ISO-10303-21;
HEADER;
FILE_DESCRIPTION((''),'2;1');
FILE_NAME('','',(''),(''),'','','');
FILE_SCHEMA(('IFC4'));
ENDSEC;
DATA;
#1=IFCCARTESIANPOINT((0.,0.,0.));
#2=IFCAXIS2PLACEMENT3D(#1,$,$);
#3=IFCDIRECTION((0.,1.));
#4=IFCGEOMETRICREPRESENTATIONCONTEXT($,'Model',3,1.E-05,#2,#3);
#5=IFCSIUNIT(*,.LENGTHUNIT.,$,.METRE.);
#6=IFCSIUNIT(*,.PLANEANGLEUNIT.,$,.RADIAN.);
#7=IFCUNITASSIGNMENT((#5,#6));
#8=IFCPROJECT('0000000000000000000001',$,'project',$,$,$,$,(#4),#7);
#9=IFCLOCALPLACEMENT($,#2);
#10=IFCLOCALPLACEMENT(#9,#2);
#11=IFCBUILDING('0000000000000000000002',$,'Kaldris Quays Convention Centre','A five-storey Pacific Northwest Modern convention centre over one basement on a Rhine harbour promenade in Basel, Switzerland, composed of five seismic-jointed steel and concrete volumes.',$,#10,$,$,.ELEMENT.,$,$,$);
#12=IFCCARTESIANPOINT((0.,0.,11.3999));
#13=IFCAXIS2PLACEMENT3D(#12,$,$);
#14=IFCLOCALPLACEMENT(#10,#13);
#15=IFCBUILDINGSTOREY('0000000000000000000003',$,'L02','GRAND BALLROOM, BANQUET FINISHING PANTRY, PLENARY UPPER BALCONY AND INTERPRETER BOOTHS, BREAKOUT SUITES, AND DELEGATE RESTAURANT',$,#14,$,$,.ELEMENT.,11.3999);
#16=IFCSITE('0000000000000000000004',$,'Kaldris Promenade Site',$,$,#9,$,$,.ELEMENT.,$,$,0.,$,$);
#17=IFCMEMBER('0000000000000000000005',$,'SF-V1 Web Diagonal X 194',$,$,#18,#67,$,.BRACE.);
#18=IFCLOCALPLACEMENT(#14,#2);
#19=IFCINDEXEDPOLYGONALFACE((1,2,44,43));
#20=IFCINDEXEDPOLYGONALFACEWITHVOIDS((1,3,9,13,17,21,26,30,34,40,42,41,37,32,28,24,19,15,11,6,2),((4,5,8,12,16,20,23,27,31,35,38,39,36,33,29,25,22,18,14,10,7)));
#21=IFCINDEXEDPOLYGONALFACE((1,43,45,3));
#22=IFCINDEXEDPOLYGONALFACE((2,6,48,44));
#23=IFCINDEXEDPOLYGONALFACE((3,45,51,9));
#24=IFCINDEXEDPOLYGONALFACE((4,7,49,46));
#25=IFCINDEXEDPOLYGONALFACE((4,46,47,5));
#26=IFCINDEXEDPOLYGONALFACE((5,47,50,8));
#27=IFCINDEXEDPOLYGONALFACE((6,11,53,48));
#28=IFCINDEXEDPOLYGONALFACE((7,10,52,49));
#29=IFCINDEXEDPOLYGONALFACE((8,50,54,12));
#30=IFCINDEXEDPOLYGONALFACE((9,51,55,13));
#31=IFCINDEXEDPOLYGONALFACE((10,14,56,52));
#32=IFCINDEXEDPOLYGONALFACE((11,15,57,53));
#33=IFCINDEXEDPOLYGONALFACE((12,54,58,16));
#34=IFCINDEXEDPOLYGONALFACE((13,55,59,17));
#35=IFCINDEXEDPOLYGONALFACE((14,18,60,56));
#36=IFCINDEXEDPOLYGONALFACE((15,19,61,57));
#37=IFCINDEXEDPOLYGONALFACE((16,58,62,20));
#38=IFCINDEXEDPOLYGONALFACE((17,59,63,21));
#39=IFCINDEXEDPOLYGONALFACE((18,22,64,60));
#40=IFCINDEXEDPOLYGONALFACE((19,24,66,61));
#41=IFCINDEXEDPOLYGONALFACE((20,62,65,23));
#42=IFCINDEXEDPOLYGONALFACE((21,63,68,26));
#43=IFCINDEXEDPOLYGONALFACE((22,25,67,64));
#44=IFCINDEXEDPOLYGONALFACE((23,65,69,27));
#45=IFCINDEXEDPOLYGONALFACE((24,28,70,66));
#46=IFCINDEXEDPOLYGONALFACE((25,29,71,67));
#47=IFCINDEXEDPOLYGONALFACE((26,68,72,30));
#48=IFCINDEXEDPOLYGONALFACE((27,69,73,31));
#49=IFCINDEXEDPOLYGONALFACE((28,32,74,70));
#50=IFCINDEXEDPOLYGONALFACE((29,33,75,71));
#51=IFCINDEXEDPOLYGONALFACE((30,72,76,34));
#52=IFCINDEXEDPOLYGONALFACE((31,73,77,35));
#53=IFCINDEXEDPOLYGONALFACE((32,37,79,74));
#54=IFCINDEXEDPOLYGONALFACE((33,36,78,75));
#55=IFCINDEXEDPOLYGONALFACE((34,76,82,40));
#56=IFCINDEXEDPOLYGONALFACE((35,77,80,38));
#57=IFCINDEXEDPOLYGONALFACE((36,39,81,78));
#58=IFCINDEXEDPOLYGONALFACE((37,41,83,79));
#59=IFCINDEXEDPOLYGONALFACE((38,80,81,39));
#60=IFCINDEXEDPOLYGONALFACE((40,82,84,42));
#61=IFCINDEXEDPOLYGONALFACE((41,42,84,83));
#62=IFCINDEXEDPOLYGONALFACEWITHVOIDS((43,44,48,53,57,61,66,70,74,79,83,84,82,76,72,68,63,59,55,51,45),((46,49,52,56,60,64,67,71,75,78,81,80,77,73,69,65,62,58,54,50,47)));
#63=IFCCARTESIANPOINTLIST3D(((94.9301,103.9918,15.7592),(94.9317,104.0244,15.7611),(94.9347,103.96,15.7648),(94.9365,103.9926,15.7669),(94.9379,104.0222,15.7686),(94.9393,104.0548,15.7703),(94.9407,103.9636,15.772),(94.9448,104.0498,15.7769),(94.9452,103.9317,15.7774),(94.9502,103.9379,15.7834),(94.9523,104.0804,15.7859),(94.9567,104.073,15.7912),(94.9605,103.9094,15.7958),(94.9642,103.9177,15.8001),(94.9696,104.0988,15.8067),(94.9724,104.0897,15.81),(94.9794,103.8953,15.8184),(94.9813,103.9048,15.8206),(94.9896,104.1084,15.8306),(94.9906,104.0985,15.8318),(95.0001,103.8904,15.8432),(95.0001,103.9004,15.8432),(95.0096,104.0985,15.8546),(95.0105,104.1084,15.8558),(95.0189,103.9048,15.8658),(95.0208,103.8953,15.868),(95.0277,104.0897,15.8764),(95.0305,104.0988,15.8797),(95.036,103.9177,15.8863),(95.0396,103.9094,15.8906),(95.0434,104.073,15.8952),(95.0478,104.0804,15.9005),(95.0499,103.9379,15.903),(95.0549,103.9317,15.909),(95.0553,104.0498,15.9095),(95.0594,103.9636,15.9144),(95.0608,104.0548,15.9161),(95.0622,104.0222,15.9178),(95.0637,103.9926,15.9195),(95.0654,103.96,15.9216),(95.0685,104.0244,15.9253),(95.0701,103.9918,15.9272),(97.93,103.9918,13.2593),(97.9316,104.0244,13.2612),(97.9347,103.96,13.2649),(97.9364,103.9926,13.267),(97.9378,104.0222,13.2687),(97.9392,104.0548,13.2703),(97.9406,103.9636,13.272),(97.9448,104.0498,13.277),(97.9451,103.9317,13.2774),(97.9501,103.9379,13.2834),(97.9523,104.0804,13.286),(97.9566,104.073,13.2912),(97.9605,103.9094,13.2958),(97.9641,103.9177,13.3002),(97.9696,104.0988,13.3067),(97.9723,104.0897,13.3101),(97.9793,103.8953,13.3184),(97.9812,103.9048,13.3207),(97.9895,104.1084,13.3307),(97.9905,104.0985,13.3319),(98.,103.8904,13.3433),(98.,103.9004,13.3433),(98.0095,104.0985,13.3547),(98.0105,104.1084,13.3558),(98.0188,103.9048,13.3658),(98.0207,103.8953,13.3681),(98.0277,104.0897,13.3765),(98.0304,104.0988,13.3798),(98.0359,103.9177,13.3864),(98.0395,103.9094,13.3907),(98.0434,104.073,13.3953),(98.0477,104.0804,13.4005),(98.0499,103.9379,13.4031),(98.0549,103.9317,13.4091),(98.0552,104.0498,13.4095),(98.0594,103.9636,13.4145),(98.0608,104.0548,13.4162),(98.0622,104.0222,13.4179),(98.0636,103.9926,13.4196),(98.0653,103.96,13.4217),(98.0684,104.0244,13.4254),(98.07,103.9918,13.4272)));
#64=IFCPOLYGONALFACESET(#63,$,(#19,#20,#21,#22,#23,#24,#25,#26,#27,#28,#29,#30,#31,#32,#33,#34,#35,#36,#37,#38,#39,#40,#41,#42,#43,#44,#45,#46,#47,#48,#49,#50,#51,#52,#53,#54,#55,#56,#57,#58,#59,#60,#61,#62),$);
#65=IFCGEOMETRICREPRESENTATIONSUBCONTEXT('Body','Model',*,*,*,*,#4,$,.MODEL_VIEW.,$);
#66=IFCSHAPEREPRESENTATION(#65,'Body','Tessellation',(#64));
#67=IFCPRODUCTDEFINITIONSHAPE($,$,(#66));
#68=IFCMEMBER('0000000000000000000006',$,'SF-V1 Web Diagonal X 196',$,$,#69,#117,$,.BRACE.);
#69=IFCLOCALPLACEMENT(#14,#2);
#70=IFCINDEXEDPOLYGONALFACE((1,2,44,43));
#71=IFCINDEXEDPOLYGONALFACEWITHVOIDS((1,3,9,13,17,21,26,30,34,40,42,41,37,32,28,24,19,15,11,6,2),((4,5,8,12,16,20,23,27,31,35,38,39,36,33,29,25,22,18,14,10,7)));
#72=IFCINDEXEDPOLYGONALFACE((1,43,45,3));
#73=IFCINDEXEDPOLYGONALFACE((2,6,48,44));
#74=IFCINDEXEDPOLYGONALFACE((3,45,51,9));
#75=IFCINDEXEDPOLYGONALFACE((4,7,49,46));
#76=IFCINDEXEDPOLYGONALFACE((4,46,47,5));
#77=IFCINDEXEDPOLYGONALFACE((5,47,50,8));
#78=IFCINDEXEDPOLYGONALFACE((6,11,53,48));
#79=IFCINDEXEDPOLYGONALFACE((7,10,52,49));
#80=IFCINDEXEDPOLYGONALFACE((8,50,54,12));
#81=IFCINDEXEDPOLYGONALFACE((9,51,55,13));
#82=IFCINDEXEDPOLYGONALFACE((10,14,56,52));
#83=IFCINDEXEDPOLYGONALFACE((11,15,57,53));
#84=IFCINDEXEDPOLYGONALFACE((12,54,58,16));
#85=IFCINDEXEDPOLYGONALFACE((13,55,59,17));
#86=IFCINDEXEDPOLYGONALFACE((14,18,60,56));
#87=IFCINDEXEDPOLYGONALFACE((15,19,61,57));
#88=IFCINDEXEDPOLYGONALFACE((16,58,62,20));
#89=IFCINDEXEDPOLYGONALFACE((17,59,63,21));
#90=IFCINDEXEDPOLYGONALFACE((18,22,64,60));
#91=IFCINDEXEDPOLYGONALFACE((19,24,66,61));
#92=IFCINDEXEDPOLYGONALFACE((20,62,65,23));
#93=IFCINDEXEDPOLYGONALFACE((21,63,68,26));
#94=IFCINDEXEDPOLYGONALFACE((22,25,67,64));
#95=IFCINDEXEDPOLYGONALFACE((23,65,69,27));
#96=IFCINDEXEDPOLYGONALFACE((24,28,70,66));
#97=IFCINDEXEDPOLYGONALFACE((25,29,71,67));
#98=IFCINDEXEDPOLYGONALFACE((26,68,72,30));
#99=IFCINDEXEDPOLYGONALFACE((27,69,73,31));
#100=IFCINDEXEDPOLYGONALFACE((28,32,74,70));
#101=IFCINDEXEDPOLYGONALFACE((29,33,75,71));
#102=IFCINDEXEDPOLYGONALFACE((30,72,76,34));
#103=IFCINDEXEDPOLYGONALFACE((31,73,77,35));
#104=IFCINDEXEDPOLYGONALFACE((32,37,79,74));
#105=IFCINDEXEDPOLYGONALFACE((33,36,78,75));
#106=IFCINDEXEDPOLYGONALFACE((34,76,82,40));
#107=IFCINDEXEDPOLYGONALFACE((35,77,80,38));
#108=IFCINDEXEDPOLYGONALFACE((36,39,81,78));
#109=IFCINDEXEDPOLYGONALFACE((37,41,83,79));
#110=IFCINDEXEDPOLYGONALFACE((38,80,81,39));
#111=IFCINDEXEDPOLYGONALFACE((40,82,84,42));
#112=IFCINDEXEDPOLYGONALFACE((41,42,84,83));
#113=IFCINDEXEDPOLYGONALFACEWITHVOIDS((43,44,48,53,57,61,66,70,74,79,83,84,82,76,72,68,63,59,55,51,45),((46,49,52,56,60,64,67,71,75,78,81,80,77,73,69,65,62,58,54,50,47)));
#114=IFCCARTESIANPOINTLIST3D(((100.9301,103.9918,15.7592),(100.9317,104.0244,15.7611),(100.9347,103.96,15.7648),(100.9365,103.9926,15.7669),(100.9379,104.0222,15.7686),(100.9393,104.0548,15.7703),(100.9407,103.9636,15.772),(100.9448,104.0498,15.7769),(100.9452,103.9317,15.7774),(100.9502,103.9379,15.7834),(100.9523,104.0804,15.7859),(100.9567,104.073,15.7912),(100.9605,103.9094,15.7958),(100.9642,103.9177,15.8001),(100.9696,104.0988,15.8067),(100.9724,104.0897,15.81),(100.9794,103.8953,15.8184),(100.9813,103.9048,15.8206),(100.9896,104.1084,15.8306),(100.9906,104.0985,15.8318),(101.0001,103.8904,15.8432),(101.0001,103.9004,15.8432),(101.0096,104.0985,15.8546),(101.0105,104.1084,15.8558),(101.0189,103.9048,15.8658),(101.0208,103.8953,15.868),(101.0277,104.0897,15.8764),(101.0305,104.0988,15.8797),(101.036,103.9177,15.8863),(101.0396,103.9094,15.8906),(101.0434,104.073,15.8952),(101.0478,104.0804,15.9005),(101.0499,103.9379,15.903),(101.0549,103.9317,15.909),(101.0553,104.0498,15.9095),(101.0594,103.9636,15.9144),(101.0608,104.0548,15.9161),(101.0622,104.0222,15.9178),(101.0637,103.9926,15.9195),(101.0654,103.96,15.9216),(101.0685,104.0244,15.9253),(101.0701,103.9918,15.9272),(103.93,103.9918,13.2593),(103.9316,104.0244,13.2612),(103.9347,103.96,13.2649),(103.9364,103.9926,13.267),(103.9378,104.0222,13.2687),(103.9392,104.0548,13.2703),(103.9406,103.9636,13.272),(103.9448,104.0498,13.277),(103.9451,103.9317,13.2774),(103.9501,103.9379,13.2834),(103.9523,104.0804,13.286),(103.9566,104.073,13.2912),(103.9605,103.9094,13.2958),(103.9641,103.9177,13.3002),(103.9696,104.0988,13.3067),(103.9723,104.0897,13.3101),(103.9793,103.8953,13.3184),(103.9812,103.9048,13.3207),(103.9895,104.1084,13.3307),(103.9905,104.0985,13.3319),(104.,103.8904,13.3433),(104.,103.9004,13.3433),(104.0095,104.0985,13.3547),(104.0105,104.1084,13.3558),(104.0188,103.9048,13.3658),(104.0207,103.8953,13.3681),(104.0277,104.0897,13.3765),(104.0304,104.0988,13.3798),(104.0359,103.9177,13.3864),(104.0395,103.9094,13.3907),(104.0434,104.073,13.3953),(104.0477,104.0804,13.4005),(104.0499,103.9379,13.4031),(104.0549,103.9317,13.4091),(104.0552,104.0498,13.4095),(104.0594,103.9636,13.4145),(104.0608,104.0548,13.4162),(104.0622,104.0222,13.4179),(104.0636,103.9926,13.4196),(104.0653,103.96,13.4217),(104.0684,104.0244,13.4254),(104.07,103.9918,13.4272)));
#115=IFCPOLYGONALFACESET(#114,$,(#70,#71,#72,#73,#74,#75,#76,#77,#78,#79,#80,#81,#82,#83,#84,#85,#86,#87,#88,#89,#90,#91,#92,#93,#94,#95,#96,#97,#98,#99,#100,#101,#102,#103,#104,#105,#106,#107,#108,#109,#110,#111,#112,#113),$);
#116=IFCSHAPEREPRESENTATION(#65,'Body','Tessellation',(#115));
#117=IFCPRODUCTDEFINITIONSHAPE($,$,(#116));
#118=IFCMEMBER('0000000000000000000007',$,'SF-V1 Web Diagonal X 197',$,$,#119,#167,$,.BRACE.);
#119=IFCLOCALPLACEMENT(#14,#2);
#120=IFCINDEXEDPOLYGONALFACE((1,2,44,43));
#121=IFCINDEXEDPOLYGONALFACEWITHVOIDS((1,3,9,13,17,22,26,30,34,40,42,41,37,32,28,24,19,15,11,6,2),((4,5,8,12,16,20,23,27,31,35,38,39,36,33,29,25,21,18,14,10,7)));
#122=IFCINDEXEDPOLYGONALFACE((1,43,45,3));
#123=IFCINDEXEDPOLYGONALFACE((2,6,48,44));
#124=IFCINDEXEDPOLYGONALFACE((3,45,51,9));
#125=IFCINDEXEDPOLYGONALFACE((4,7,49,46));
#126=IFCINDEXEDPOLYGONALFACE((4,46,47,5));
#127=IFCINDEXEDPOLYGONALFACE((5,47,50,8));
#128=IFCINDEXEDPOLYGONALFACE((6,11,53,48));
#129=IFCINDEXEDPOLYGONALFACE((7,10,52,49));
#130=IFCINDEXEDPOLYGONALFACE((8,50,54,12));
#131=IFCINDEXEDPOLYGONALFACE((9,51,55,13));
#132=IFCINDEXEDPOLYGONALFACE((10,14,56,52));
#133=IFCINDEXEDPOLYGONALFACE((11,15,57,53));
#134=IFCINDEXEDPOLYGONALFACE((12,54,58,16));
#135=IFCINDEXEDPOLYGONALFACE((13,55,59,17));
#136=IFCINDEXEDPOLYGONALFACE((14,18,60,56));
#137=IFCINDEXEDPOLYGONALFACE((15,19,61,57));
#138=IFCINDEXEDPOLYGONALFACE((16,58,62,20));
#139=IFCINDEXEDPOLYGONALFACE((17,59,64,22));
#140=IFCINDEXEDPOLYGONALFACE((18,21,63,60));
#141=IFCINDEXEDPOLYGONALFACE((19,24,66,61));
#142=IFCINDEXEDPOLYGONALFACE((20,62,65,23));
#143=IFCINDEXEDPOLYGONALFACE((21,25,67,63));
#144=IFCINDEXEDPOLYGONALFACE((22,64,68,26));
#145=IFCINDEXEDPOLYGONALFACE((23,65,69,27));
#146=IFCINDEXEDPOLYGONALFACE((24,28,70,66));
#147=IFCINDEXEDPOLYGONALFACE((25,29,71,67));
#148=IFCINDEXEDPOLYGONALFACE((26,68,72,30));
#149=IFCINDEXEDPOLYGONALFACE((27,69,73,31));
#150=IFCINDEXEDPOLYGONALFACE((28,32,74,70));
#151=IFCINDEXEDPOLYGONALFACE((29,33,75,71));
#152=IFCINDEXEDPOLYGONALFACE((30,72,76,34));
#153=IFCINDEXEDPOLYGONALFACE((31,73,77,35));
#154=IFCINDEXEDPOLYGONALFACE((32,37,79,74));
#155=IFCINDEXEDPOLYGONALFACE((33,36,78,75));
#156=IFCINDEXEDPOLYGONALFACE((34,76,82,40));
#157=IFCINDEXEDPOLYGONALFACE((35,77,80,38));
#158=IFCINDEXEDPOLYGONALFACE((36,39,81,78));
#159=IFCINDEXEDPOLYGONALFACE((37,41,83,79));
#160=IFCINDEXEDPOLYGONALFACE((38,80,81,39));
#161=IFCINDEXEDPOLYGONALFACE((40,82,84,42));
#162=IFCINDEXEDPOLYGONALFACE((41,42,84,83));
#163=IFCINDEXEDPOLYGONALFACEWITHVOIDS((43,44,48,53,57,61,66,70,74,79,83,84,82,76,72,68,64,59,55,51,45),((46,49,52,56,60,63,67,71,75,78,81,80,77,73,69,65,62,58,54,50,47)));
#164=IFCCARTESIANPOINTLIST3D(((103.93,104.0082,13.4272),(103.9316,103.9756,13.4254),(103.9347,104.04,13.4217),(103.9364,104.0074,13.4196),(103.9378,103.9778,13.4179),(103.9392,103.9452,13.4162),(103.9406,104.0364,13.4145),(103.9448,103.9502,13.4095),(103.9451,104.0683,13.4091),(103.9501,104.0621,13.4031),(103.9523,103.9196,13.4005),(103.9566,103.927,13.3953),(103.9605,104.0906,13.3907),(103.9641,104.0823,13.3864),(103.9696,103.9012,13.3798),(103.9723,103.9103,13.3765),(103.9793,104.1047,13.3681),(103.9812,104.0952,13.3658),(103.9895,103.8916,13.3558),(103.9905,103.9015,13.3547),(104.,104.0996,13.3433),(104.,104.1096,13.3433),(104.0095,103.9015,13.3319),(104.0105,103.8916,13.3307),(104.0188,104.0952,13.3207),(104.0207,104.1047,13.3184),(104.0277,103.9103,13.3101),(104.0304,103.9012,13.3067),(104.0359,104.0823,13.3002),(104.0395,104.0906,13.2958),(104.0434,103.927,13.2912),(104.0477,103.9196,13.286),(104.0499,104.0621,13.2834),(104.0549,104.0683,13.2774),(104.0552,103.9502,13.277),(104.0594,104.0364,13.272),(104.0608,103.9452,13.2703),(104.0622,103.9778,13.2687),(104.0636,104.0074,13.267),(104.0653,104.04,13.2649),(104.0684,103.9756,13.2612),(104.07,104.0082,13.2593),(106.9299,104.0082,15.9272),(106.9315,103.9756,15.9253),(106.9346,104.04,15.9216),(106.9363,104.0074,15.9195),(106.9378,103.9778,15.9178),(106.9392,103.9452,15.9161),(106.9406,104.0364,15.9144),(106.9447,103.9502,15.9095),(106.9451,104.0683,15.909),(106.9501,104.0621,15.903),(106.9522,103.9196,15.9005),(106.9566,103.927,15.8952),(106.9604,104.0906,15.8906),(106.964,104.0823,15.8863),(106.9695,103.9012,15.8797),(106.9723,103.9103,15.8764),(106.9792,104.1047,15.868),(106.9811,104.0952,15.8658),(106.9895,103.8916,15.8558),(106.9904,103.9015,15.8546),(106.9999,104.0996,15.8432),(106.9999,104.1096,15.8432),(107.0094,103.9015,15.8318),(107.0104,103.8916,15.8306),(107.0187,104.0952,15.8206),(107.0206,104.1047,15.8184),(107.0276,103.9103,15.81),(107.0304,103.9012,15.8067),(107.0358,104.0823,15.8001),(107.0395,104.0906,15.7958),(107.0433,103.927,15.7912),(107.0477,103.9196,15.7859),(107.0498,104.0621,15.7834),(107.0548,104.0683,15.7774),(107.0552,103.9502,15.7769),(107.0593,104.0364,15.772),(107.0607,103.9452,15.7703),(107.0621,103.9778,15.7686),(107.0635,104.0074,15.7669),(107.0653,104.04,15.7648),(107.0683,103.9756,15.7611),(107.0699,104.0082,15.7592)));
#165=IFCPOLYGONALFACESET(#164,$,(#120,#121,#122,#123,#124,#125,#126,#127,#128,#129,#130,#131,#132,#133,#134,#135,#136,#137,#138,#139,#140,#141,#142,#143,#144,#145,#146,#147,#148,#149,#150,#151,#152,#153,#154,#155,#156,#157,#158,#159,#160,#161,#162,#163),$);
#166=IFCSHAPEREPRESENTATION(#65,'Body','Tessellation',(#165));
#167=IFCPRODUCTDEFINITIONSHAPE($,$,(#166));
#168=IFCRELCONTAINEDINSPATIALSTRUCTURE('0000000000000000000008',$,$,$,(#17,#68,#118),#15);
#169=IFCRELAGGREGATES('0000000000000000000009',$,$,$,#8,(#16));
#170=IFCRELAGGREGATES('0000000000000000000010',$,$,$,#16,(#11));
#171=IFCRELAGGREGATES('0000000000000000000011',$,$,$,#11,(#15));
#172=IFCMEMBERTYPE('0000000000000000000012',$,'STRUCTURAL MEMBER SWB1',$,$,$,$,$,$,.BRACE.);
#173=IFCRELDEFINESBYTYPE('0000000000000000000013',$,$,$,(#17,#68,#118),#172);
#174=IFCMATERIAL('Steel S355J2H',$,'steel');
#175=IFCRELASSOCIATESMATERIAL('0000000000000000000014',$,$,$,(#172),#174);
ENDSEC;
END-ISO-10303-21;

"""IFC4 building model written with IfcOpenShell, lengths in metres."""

from ifc_helpers import new_model, si_unit, direction, frame, origin, origin_2d, place, context, subcontext, project, spatial, hollow_circle, extrude, material, material_profile, profile_set, type_object, element, save


model = new_model("IFC4")

# Units and contexts
model_context = context("Model", 3, precision=1e-05, world=origin(), true_north=direction((0.0, 1.0)))
body_context = subcontext(model_context, "Body", "Model", "MODEL_VIEW")
ifc_project = project(units=[si_unit("LENGTHUNIT", "METRE"), si_unit("PLANEANGLEUNIT", "RADIAN")], contexts=[model_context])

# Site, building, storey
site_placement = place(None, origin())
site = spatial("IfcSite", under=ifc_project, at=site_placement, Name="Kaldris Promenade Site", CompositionType="ELEMENT", RefElevation=0.0)
building_placement = place(site_placement, origin())
building = spatial("IfcBuilding", under=site, at=building_placement, Name="Kaldris Quays Convention Centre", Description="A five-storey Pacific Northwest Modern convention centre over one basement on a Rhine harbour promenade in Basel, Switzerland, composed of five seismic-jointed steel and concrete volumes.", CompositionType="ELEMENT")
storey_placement = place(building_placement, frame((0.0, 0.0, 11.3999)))
storey = spatial("IfcBuildingStorey", under=building, at=storey_placement, Name="L02", Description="GRAND BALLROOM, BANQUET FINISHING PANTRY, PLENARY UPPER BALCONY AND INTERPRETER BOOTHS, BREAKOUT SUITES, AND DELEGATE RESTAURANT", CompositionType="ELEMENT", Elevation=11.3999)

# Members
ifc_material = material(Name="Steel S355J2H", Category="steel")
ifc_material_profile_1 = material_profile(ifc_material, hollow_circle(Radius=0.1096, WallThickness=0.01, at=origin_2d()), Name="CHS 219.1x10")
ifc_profile_set_1 = profile_set([ifc_material_profile_1], Name="Steel S355J2H")
member_type_1 = type_object("IfcMemberType", Name="STRUCTURAL MEMBER SWB1", PredefinedType="BRACE", material=ifc_profile_set_1)
for number, where, z_axis, x_axis, name in (
    (1, (98.0, 104.0, 13.3433), (-0.768221, 0.0, 0.640184), (0.0, -1.0, 0.0), "SF-V1 Web Diagonal X 194"),
    (2, (104.0, 104.0, 13.3433), (-0.768221, 0.0, 0.640184), (0.0, -1.0, 0.0), "SF-V1 Web Diagonal X 196"),
    (3, (104.0, 104.0, 13.3433), (0.768221, 0.0, 0.640184), (0.0, 1.0, 0.0), "SF-V1 Web Diagonal X 197"),
):
    element("IfcMember", number, at=place(storey_placement, frame(where, z_axis=z_axis, x_axis=x_axis)), inside=storey, type_object=member_type_1, Name=name, PredefinedType="BRACE", context=body_context, shape_type="SweptSolid", body=[
        extrude(hollow_circle(Radius=0.1096, WallThickness=0.01, at=origin_2d()), origin(), (0.0, 0.0, 1.0), 3.905),
    ])

save(model, "model.ifc")
